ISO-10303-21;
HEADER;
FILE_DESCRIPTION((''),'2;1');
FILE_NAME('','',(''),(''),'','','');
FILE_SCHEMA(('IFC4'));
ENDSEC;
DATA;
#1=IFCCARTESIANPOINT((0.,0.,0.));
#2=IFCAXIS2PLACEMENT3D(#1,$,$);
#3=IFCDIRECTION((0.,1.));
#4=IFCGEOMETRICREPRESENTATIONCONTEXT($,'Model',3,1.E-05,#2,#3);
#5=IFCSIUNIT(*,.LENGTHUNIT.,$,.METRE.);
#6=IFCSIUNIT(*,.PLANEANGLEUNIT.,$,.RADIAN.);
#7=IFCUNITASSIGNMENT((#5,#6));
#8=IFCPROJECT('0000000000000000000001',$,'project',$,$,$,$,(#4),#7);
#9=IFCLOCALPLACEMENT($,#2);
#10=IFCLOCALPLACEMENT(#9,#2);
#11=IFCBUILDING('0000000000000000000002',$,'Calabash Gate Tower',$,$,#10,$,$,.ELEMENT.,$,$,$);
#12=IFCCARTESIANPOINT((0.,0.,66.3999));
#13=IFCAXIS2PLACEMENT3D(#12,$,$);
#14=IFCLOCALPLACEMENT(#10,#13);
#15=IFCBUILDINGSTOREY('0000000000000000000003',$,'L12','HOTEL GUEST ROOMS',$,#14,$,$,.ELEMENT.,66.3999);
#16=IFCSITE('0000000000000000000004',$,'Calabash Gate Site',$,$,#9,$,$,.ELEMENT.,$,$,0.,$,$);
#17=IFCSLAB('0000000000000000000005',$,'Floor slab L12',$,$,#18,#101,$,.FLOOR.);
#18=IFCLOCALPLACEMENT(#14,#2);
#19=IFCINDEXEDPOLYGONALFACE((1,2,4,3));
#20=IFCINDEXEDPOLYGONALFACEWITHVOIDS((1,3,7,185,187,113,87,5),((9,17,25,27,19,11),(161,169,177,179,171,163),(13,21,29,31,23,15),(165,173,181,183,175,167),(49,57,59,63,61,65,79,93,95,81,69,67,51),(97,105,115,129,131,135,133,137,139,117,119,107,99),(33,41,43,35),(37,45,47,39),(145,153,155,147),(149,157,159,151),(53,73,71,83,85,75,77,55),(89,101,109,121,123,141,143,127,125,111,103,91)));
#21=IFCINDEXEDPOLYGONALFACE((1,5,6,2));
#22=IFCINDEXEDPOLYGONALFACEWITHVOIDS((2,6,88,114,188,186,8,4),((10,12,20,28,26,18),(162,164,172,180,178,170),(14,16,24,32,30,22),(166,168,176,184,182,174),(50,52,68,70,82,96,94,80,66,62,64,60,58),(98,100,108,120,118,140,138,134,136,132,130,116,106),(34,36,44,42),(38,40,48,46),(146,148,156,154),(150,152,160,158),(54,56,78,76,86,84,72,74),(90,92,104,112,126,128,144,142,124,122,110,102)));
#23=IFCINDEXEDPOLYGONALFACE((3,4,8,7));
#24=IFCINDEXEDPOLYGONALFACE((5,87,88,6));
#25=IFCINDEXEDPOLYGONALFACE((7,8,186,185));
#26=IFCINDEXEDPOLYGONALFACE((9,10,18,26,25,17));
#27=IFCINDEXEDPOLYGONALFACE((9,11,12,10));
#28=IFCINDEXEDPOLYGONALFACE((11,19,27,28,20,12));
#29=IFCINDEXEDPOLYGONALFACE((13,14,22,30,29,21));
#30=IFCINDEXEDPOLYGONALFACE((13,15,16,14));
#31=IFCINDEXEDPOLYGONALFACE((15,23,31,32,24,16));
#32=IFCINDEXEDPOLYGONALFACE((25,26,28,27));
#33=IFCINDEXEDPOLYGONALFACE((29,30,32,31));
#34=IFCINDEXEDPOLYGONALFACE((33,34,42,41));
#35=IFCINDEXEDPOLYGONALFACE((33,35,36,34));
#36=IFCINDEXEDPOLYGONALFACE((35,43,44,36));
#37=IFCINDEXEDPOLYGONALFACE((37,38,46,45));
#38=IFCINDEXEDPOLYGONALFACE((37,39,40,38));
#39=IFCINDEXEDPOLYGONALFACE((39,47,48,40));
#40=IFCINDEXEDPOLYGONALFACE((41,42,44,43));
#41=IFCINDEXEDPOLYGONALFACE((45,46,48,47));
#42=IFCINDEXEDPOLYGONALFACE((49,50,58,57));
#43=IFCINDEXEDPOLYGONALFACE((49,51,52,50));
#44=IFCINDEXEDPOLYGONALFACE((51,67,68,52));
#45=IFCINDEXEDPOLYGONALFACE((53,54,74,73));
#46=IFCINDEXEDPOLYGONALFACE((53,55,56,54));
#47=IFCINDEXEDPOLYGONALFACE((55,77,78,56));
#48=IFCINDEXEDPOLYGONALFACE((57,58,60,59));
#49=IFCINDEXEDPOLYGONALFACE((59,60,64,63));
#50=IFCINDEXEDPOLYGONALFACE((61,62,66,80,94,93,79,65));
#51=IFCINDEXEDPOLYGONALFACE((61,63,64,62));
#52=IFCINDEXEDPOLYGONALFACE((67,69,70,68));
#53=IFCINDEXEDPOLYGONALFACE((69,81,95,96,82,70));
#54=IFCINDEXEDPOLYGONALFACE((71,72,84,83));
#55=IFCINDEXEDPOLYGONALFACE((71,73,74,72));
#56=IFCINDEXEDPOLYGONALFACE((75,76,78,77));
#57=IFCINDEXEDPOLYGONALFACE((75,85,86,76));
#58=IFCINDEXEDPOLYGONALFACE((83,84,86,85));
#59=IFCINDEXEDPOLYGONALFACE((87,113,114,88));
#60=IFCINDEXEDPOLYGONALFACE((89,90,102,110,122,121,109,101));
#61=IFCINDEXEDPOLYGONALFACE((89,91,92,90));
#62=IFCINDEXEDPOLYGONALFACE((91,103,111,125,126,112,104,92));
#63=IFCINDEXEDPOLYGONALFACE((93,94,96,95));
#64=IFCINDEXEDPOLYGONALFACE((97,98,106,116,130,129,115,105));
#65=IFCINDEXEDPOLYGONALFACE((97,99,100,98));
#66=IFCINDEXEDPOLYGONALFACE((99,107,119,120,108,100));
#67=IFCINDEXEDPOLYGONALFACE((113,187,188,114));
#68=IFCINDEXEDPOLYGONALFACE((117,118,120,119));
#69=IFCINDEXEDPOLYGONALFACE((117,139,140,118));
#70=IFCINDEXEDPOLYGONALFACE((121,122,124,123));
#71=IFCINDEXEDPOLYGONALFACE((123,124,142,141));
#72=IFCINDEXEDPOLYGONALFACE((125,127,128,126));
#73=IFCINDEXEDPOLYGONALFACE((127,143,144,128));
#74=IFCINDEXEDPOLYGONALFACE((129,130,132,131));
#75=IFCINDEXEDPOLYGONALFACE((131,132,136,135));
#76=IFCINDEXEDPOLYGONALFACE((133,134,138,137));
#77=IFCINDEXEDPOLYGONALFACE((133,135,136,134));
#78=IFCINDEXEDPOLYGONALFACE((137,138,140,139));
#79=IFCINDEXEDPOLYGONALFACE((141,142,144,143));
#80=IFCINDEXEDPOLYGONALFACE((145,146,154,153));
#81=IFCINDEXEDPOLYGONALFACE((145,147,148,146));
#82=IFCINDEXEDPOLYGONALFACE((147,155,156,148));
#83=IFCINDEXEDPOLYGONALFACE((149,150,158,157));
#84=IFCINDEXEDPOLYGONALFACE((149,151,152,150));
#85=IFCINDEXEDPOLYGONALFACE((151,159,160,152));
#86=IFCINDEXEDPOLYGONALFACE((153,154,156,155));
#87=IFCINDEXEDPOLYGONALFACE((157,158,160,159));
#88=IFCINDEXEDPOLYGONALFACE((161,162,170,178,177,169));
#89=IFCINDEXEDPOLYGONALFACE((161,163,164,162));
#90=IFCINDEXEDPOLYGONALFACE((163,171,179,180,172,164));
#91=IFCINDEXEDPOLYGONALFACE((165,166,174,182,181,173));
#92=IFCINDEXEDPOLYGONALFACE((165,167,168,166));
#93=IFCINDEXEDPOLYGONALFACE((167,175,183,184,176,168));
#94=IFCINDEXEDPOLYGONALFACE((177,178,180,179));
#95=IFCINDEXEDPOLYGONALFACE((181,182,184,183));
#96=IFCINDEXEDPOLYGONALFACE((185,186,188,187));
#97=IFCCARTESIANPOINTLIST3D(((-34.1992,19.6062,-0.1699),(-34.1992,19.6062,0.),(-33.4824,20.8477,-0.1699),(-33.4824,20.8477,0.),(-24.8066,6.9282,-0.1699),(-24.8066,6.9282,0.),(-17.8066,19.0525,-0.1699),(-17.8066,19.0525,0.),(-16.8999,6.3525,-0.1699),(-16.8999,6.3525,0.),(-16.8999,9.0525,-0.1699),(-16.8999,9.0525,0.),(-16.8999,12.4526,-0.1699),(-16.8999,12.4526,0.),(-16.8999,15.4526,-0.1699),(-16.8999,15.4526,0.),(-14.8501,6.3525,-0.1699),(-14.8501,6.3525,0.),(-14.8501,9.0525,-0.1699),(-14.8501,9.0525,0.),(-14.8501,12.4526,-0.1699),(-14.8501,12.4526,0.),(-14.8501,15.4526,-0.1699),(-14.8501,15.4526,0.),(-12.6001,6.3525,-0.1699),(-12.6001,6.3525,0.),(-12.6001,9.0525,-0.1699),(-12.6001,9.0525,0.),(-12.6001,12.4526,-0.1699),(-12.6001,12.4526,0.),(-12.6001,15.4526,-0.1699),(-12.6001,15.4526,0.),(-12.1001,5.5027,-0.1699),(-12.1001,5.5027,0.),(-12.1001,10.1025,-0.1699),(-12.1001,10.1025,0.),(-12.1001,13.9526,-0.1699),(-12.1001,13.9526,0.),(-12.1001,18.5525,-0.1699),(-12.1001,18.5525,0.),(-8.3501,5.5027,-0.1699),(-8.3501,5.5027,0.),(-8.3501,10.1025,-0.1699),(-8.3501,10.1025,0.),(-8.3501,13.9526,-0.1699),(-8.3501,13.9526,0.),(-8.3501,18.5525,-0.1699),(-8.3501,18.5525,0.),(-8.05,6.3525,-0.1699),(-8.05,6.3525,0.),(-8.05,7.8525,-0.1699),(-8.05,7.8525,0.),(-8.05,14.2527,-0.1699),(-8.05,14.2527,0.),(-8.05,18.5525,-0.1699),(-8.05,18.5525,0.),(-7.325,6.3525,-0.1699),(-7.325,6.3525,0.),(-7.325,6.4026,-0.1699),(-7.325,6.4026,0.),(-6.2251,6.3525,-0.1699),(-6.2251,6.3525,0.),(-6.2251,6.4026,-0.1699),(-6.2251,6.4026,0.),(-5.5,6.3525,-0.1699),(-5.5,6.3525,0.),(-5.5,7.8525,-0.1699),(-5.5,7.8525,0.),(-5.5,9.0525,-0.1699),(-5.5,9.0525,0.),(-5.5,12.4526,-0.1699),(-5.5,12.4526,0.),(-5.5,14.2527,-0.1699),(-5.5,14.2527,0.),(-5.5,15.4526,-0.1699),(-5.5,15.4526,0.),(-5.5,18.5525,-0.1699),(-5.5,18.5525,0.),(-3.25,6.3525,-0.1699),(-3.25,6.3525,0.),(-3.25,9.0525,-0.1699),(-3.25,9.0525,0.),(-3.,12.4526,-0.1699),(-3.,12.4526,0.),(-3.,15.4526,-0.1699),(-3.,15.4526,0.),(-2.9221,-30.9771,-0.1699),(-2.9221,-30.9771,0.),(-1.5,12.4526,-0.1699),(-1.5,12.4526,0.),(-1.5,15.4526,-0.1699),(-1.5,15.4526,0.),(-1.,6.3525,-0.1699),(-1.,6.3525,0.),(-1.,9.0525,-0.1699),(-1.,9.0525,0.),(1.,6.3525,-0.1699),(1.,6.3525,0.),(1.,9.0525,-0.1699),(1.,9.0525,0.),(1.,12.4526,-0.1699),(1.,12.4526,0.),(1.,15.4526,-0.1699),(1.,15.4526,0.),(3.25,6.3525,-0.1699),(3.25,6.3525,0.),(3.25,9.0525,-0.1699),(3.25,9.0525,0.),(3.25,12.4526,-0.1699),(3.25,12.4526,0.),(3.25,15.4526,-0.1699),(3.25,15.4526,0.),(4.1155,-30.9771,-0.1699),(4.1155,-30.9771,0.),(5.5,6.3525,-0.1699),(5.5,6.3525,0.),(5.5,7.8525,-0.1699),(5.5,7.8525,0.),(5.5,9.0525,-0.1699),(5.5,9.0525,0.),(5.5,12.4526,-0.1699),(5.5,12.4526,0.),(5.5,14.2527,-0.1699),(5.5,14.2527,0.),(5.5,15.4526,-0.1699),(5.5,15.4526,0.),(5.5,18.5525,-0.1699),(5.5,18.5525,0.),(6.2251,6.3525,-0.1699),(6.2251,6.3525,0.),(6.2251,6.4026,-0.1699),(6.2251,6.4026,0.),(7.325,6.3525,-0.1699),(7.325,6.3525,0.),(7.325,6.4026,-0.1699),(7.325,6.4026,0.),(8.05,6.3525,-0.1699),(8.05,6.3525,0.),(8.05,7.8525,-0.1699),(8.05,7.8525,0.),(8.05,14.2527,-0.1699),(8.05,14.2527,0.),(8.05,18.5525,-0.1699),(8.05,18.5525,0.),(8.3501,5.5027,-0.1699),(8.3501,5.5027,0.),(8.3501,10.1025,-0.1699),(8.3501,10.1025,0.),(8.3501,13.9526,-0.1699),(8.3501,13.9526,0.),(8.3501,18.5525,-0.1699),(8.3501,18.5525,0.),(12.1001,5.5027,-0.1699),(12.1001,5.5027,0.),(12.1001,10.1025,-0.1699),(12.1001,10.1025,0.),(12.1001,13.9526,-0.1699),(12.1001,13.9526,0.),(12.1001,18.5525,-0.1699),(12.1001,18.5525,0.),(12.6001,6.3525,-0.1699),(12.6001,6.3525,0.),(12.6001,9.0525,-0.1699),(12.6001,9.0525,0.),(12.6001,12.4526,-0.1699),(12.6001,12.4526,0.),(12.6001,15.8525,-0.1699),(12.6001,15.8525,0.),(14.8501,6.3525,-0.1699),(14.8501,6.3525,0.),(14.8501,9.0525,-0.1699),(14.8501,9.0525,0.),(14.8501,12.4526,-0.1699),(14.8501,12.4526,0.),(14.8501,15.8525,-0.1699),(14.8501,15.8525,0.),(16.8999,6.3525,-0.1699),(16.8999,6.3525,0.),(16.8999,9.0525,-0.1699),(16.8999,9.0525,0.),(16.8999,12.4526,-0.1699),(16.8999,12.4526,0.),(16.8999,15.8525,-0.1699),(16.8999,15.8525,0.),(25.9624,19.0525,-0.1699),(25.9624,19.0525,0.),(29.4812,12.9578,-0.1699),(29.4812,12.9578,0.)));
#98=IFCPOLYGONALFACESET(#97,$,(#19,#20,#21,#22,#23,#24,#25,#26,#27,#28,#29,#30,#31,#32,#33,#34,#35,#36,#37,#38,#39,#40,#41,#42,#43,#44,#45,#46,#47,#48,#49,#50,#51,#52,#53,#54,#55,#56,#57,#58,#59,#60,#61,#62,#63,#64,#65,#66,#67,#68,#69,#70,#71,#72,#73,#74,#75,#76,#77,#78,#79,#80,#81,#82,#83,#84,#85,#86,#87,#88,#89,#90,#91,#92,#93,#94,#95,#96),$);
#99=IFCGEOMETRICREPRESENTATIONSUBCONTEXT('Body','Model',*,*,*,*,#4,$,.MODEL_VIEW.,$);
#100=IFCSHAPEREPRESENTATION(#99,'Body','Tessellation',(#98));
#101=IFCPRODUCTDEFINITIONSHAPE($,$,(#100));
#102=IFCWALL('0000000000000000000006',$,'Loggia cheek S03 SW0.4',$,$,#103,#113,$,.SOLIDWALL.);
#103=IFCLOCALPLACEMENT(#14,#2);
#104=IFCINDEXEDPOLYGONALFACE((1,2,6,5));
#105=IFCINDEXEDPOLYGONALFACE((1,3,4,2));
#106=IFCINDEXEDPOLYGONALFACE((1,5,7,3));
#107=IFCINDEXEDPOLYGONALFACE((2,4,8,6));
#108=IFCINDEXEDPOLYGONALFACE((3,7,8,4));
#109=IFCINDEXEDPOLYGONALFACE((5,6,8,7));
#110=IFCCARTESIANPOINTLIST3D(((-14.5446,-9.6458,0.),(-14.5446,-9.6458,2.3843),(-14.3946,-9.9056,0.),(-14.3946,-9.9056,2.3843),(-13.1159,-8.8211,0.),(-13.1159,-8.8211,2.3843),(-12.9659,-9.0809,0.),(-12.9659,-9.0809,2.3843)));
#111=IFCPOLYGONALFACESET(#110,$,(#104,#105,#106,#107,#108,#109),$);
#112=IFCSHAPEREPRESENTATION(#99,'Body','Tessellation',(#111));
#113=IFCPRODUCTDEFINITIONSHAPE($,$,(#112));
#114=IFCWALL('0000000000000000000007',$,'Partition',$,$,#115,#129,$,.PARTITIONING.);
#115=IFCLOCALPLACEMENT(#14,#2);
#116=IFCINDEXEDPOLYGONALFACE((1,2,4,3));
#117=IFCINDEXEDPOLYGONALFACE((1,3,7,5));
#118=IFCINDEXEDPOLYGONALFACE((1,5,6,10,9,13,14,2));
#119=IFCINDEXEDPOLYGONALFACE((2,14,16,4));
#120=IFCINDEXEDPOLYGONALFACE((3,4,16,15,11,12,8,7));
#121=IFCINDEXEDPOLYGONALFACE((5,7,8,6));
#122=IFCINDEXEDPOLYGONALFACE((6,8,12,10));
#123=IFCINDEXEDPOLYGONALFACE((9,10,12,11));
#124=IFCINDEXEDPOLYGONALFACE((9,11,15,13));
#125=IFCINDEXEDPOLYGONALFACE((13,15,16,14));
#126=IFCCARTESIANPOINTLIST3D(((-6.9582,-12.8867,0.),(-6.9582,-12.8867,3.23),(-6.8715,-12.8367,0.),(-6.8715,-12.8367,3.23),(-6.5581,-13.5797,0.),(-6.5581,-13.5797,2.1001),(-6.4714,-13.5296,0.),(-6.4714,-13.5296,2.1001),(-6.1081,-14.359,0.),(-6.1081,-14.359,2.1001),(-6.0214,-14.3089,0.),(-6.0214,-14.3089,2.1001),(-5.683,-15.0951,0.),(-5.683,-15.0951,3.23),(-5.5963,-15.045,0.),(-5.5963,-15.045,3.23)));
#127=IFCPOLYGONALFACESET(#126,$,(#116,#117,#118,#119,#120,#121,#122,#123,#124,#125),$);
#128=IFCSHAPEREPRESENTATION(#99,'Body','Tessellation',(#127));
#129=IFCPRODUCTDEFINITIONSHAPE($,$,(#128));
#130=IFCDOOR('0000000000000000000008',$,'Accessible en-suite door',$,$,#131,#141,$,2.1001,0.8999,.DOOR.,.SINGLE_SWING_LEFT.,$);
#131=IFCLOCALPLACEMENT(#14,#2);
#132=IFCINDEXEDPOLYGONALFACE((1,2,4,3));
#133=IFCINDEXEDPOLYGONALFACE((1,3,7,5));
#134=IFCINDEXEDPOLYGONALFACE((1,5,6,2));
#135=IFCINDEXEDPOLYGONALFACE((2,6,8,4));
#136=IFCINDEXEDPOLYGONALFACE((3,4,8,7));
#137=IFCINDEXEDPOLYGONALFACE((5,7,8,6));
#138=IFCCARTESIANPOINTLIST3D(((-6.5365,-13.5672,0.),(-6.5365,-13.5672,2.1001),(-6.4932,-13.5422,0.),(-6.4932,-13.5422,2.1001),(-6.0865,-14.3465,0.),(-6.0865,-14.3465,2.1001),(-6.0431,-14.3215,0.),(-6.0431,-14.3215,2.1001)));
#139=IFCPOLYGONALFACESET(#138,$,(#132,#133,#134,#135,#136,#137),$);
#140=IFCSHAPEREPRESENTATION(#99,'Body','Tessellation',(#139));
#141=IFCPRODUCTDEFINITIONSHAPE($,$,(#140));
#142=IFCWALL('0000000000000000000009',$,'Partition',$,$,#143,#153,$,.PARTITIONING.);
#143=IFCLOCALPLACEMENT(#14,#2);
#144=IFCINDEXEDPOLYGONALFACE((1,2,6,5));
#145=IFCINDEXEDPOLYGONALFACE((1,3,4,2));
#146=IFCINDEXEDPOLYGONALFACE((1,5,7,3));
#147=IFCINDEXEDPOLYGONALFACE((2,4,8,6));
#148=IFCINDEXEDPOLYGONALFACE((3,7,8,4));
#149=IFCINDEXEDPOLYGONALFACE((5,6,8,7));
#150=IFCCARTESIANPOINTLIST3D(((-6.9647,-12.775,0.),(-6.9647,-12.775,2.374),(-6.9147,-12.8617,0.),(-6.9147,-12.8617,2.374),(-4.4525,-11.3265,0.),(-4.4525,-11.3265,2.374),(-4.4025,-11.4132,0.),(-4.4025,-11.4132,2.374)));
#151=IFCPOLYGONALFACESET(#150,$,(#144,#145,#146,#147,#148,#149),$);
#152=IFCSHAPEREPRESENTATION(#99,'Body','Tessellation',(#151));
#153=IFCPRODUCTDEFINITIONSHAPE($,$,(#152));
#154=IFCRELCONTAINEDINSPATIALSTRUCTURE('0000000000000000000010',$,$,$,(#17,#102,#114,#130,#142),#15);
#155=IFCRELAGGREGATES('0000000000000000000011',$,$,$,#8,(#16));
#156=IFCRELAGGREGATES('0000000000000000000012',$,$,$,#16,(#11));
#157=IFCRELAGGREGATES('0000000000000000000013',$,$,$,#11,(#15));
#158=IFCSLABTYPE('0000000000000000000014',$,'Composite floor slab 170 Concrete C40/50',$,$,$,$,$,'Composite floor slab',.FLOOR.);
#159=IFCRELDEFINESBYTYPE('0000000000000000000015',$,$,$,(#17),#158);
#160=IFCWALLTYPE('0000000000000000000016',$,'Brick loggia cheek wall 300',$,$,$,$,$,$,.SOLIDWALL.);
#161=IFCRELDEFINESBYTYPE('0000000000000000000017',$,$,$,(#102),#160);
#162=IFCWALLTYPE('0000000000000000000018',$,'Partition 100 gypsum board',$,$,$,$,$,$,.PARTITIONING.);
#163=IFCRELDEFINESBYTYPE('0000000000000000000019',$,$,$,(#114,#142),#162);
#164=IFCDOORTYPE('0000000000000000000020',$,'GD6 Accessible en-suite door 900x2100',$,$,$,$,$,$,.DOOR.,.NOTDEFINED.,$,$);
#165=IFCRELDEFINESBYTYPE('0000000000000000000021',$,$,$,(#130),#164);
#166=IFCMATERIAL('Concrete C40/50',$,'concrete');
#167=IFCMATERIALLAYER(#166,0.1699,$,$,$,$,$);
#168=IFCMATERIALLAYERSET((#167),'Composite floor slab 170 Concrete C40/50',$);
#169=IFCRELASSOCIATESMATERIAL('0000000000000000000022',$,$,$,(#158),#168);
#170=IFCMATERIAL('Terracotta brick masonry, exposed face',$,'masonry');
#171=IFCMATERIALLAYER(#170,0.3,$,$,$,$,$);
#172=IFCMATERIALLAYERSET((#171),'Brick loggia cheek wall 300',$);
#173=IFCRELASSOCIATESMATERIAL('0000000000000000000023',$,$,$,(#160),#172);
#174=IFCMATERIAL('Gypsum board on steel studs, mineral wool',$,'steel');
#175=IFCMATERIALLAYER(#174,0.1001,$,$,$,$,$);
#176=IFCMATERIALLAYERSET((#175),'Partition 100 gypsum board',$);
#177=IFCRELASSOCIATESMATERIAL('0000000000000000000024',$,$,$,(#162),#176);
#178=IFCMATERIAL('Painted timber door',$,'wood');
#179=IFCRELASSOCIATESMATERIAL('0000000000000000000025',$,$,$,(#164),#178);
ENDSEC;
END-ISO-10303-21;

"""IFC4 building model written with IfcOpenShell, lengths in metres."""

from ifc_helpers import new_model, si_unit, direction, frame, frame_2d, origin, place, context, subcontext, project, spatial, polyline, rectangle, outline, extrude, material, layer, layer_set, type_object, element, fill, save


model = new_model("IFC4")

# Units and contexts
model_context = context("Model", 3, precision=1e-05, world=origin(), true_north=direction((0.0, 1.0)))
body_context = subcontext(model_context, "Body", "Model", "MODEL_VIEW")
ifc_project = project(units=[si_unit("LENGTHUNIT", "METRE"), si_unit("PLANEANGLEUNIT", "RADIAN")], contexts=[model_context])

# Site, building, storey
site_placement = place(None, origin())
site = spatial("IfcSite", under=ifc_project, at=site_placement, Name="Calabash Gate Site", CompositionType="ELEMENT", RefElevation=0.0)
building_placement = place(site_placement, origin())
building = spatial("IfcBuilding", under=site, at=building_placement, Name="Calabash Gate Tower", CompositionType="ELEMENT")
storey_placement = place(building_placement, frame((0.0, 0.0, 66.3999)))
storey = spatial("IfcBuildingStorey", under=building, at=storey_placement, Name="L12", Description="HOTEL GUEST ROOMS", CompositionType="ELEMENT", Elevation=66.3999)

# Slab
ifc_material_1 = material(Name="Concrete C40/50", Category="concrete")
ifc_layer_1 = layer(ifc_material_1, 0.1699)
ifc_layer_set_1 = layer_set([ifc_layer_1], Name="Composite floor slab 170 Concrete C40/50")
slab_type = type_object("IfcSlabType", Name="Composite floor slab 170 Concrete C40/50", ElementType="Composite floor slab", PredefinedType="FLOOR", material=ifc_layer_set_1)
slab_placement = place(storey_placement, frame((0.0, 0.0, -0.1699)))
element("IfcSlab", 1, at=slab_placement, inside=storey, type_object=slab_type, Name="Floor slab L12", PredefinedType="FLOOR", context=body_context, shape_type="SweptSolid", body=[
    extrude(outline(polyline([(-24.8066, 6.9282), (-34.1992, 19.6062), (-33.4824, 20.8477), (-17.8066, 19.0525), (25.9624, 19.0525), (29.4812, 12.9578), (4.1155, -30.9771), (-2.9221, -30.9771), (-24.8066, 6.9282)]), holes=[polyline([(-5.5, 9.0525), (-5.5, 7.8525), (-8.05, 7.8525), (-8.05, 6.3525), (-7.325, 6.3525), (-7.325, 6.4026), (-6.2251, 6.4026), (-6.2251, 6.3525), (-5.5, 6.3525), (-3.25, 6.3525), (-1.0, 6.3525), (-1.0, 9.0525), (-3.25, 9.0525), (-5.5, 9.0525)]), polyline([(5.5, 9.0525), (3.25, 9.0525), (1.0, 9.0525), (1.0, 6.3525), (3.25, 6.3525), (5.5, 6.3525), (6.2251, 6.3525), (6.2251, 6.4026), (7.325, 6.4026), (7.325, 6.3525), (8.05, 6.3525), (8.05, 7.8525), (5.5, 7.8525), (5.5, 9.0525)]), polyline([(-5.5, 14.2527), (-5.5, 12.4526), (-3.0, 12.4526), (-3.0, 15.4526), (-5.5, 15.4526), (-5.5, 18.5525), (-8.05, 18.5525), (-8.05, 14.2527), (-5.5, 14.2527)]), polyline([(8.05, 18.5525), (5.5, 18.5525), (5.5, 15.4526), (3.25, 15.4526), (1.0, 15.4526), (-1.5, 15.4526), (-1.5, 12.4526), (1.0, 12.4526), (3.25, 12.4526), (5.5, 12.4526), (5.5, 14.2527), (8.05, 14.2527), (8.05, 18.5525)]), polyline([(-12.6001, 6.3525), (-12.6001, 9.0525), (-14.8501, 9.0525), (-16.8999, 9.0525), (-16.8999, 6.3525), (-14.8501, 6.3525), (-12.6001, 6.3525)]), polyline([(-14.8501, 12.4526), (-12.6001, 12.4526), (-12.6001, 15.4526), (-14.8501, 15.4526), (-16.8999, 15.4526), (-16.8999, 12.4526), (-14.8501, 12.4526)]), polyline([(14.8501, 6.3525), (16.8999, 6.3525), (16.8999, 9.0525), (14.8501, 9.0525), (12.6001, 9.0525), (12.6001, 6.3525), (14.8501, 6.3525)]), polyline([(14.8501, 12.4526), (16.8999, 12.4526), (16.8999, 15.8525), (14.8501, 15.8525), (12.6001, 15.8525), (12.6001, 12.4526), (14.8501, 12.4526)]), polyline([(-8.3501, 18.5525), (-12.1001, 18.5525), (-12.1001, 13.9526), (-8.3501, 13.9526), (-8.3501, 18.5525)]), polyline([(-12.1001, 10.1025), (-12.1001, 5.5027), (-8.3501, 5.5027), (-8.3501, 10.1025), (-12.1001, 10.1025)]), polyline([(8.3501, 13.9526), (12.1001, 13.9526), (12.1001, 18.5525), (8.3501, 18.5525), (8.3501, 13.9526)]), polyline([(12.1001, 5.5027), (12.1001, 10.1025), (8.3501, 10.1025), (8.3501, 5.5027), (12.1001, 5.5027)])]), origin(), (0.0, 0.0, 1.0), 0.1699),
])

# Wall
ifc_material_2 = material(Name="Terracotta brick masonry, exposed face", Category="masonry")
ifc_layer_2 = layer(ifc_material_2, 0.3)
ifc_layer_set_2 = layer_set([ifc_layer_2], Name="Brick loggia cheek wall 300")
wall_type_1 = type_object("IfcWallType", Name="Brick loggia cheek wall 300", PredefinedType="SOLIDWALL", material=ifc_layer_set_2)
wall_1_placement = place(storey_placement, frame((-14.4695, -9.7756, 0.0), z_axis=(0.0, 0.0, 1.0), x_axis=(0.866067, 0.499927, 0.0)))
element("IfcWall", 2, at=wall_1_placement, inside=storey, type_object=wall_type_1, Name="Loggia cheek S03 SW0.4", PredefinedType="SOLIDWALL", context=body_context, shape_type="SweptSolid", body=[
    extrude(rectangle(XDim=1.6497, YDim=0.3, at=frame_2d((0.8247, 0.0))), origin(), (0.0, 0.0, 1.0), 2.3843),
])

# Wall, opening, door
ifc_material_3 = material(Name="Gypsum board on steel studs, mineral wool", Category="steel")
ifc_layer_3 = layer(ifc_material_3, 0.1001)
ifc_layer_set_3 = layer_set([ifc_layer_3], Name="Partition 100 gypsum board")
wall_type_2 = type_object("IfcWallType", Name="Partition 100 gypsum board", PredefinedType="PARTITIONING", material=ifc_layer_set_3)
wall_2_placement = place(storey_placement, frame((-6.9148, -12.8618, 0.0), z_axis=(0.0, 0.0, 1.0), x_axis=(0.500062, -0.865989, 0.0)))
wall_2 = element("IfcWall", 3, at=wall_2_placement, inside=storey, type_object=wall_type_2, Name="Partition", PredefinedType="PARTITIONING", context=body_context, shape_type="SweptSolid", body=[
    extrude(rectangle(XDim=2.55, YDim=0.1001, at=frame_2d((1.2749, 0.0))), origin(), (0.0, 0.0, 1.0), 3.23),
])
opening_1_placement = place(wall_2_placement, frame((0.8, 0.0, 0.0)))
opening_1 = element("IfcOpeningElement", 4, at=opening_1_placement, cuts=wall_2, PredefinedType="OPENING", context=body_context, shape_type="SweptSolid", body=[
    extrude(rectangle(XDim=0.8999, YDim=2.1001, at=frame_2d((0.45, 1.05))), frame((0.0, 0.0601, 0.0), z_axis=(0.0, -1.0, 0.0), x_axis=(1.0, 0.0, 0.0)), (0.0, 0.0, 1.0), 0.1201),
])
ifc_material_4 = material(Name="Painted timber door", Category="wood")
door_type_1 = type_object("IfcDoorType", Name="GD6 Accessible en-suite door 900x2100", OperationType="NOTDEFINED", PredefinedType="DOOR", material=ifc_material_4)
door_1_placement = place(opening_1_placement, origin())
door_1 = element("IfcDoor", 5, at=door_1_placement, inside=storey, type_object=door_type_1, Name="Accessible en-suite door", OperationType="SINGLE_SWING_LEFT", OverallHeight=2.1001, OverallWidth=0.8999, PredefinedType="DOOR", context=body_context, shape_type="SweptSolid", body=[
    extrude(rectangle(XDim=0.8999, YDim=2.1001, at=frame_2d((0.45, 1.05))), frame((0.0, 0.0249, 0.0), z_axis=(0.0, -1.0, 0.0), x_axis=(1.0, 0.0, 0.0)), (0.0, 0.0, 1.0), 0.05),
])
fill(opening_1, door_1)

# Wall
wall_3_placement = place(storey_placement, frame((-6.9397, -12.8184, 0.0), z_axis=(0.0, 0.0, 1.0), x_axis=(0.866315, 0.499499, 0.0)))
element("IfcWall", 6, at=wall_3_placement, inside=storey, type_object=wall_type_2, Name="Partition", PredefinedType="PARTITIONING", context=body_context, shape_type="SweptSolid", body=[
    extrude(rectangle(XDim=2.8999, YDim=0.1001, at=frame_2d((1.45, 0.0))), origin(), (0.0, 0.0, 1.0), 2.374),
])

save(model, "model.ifc")
